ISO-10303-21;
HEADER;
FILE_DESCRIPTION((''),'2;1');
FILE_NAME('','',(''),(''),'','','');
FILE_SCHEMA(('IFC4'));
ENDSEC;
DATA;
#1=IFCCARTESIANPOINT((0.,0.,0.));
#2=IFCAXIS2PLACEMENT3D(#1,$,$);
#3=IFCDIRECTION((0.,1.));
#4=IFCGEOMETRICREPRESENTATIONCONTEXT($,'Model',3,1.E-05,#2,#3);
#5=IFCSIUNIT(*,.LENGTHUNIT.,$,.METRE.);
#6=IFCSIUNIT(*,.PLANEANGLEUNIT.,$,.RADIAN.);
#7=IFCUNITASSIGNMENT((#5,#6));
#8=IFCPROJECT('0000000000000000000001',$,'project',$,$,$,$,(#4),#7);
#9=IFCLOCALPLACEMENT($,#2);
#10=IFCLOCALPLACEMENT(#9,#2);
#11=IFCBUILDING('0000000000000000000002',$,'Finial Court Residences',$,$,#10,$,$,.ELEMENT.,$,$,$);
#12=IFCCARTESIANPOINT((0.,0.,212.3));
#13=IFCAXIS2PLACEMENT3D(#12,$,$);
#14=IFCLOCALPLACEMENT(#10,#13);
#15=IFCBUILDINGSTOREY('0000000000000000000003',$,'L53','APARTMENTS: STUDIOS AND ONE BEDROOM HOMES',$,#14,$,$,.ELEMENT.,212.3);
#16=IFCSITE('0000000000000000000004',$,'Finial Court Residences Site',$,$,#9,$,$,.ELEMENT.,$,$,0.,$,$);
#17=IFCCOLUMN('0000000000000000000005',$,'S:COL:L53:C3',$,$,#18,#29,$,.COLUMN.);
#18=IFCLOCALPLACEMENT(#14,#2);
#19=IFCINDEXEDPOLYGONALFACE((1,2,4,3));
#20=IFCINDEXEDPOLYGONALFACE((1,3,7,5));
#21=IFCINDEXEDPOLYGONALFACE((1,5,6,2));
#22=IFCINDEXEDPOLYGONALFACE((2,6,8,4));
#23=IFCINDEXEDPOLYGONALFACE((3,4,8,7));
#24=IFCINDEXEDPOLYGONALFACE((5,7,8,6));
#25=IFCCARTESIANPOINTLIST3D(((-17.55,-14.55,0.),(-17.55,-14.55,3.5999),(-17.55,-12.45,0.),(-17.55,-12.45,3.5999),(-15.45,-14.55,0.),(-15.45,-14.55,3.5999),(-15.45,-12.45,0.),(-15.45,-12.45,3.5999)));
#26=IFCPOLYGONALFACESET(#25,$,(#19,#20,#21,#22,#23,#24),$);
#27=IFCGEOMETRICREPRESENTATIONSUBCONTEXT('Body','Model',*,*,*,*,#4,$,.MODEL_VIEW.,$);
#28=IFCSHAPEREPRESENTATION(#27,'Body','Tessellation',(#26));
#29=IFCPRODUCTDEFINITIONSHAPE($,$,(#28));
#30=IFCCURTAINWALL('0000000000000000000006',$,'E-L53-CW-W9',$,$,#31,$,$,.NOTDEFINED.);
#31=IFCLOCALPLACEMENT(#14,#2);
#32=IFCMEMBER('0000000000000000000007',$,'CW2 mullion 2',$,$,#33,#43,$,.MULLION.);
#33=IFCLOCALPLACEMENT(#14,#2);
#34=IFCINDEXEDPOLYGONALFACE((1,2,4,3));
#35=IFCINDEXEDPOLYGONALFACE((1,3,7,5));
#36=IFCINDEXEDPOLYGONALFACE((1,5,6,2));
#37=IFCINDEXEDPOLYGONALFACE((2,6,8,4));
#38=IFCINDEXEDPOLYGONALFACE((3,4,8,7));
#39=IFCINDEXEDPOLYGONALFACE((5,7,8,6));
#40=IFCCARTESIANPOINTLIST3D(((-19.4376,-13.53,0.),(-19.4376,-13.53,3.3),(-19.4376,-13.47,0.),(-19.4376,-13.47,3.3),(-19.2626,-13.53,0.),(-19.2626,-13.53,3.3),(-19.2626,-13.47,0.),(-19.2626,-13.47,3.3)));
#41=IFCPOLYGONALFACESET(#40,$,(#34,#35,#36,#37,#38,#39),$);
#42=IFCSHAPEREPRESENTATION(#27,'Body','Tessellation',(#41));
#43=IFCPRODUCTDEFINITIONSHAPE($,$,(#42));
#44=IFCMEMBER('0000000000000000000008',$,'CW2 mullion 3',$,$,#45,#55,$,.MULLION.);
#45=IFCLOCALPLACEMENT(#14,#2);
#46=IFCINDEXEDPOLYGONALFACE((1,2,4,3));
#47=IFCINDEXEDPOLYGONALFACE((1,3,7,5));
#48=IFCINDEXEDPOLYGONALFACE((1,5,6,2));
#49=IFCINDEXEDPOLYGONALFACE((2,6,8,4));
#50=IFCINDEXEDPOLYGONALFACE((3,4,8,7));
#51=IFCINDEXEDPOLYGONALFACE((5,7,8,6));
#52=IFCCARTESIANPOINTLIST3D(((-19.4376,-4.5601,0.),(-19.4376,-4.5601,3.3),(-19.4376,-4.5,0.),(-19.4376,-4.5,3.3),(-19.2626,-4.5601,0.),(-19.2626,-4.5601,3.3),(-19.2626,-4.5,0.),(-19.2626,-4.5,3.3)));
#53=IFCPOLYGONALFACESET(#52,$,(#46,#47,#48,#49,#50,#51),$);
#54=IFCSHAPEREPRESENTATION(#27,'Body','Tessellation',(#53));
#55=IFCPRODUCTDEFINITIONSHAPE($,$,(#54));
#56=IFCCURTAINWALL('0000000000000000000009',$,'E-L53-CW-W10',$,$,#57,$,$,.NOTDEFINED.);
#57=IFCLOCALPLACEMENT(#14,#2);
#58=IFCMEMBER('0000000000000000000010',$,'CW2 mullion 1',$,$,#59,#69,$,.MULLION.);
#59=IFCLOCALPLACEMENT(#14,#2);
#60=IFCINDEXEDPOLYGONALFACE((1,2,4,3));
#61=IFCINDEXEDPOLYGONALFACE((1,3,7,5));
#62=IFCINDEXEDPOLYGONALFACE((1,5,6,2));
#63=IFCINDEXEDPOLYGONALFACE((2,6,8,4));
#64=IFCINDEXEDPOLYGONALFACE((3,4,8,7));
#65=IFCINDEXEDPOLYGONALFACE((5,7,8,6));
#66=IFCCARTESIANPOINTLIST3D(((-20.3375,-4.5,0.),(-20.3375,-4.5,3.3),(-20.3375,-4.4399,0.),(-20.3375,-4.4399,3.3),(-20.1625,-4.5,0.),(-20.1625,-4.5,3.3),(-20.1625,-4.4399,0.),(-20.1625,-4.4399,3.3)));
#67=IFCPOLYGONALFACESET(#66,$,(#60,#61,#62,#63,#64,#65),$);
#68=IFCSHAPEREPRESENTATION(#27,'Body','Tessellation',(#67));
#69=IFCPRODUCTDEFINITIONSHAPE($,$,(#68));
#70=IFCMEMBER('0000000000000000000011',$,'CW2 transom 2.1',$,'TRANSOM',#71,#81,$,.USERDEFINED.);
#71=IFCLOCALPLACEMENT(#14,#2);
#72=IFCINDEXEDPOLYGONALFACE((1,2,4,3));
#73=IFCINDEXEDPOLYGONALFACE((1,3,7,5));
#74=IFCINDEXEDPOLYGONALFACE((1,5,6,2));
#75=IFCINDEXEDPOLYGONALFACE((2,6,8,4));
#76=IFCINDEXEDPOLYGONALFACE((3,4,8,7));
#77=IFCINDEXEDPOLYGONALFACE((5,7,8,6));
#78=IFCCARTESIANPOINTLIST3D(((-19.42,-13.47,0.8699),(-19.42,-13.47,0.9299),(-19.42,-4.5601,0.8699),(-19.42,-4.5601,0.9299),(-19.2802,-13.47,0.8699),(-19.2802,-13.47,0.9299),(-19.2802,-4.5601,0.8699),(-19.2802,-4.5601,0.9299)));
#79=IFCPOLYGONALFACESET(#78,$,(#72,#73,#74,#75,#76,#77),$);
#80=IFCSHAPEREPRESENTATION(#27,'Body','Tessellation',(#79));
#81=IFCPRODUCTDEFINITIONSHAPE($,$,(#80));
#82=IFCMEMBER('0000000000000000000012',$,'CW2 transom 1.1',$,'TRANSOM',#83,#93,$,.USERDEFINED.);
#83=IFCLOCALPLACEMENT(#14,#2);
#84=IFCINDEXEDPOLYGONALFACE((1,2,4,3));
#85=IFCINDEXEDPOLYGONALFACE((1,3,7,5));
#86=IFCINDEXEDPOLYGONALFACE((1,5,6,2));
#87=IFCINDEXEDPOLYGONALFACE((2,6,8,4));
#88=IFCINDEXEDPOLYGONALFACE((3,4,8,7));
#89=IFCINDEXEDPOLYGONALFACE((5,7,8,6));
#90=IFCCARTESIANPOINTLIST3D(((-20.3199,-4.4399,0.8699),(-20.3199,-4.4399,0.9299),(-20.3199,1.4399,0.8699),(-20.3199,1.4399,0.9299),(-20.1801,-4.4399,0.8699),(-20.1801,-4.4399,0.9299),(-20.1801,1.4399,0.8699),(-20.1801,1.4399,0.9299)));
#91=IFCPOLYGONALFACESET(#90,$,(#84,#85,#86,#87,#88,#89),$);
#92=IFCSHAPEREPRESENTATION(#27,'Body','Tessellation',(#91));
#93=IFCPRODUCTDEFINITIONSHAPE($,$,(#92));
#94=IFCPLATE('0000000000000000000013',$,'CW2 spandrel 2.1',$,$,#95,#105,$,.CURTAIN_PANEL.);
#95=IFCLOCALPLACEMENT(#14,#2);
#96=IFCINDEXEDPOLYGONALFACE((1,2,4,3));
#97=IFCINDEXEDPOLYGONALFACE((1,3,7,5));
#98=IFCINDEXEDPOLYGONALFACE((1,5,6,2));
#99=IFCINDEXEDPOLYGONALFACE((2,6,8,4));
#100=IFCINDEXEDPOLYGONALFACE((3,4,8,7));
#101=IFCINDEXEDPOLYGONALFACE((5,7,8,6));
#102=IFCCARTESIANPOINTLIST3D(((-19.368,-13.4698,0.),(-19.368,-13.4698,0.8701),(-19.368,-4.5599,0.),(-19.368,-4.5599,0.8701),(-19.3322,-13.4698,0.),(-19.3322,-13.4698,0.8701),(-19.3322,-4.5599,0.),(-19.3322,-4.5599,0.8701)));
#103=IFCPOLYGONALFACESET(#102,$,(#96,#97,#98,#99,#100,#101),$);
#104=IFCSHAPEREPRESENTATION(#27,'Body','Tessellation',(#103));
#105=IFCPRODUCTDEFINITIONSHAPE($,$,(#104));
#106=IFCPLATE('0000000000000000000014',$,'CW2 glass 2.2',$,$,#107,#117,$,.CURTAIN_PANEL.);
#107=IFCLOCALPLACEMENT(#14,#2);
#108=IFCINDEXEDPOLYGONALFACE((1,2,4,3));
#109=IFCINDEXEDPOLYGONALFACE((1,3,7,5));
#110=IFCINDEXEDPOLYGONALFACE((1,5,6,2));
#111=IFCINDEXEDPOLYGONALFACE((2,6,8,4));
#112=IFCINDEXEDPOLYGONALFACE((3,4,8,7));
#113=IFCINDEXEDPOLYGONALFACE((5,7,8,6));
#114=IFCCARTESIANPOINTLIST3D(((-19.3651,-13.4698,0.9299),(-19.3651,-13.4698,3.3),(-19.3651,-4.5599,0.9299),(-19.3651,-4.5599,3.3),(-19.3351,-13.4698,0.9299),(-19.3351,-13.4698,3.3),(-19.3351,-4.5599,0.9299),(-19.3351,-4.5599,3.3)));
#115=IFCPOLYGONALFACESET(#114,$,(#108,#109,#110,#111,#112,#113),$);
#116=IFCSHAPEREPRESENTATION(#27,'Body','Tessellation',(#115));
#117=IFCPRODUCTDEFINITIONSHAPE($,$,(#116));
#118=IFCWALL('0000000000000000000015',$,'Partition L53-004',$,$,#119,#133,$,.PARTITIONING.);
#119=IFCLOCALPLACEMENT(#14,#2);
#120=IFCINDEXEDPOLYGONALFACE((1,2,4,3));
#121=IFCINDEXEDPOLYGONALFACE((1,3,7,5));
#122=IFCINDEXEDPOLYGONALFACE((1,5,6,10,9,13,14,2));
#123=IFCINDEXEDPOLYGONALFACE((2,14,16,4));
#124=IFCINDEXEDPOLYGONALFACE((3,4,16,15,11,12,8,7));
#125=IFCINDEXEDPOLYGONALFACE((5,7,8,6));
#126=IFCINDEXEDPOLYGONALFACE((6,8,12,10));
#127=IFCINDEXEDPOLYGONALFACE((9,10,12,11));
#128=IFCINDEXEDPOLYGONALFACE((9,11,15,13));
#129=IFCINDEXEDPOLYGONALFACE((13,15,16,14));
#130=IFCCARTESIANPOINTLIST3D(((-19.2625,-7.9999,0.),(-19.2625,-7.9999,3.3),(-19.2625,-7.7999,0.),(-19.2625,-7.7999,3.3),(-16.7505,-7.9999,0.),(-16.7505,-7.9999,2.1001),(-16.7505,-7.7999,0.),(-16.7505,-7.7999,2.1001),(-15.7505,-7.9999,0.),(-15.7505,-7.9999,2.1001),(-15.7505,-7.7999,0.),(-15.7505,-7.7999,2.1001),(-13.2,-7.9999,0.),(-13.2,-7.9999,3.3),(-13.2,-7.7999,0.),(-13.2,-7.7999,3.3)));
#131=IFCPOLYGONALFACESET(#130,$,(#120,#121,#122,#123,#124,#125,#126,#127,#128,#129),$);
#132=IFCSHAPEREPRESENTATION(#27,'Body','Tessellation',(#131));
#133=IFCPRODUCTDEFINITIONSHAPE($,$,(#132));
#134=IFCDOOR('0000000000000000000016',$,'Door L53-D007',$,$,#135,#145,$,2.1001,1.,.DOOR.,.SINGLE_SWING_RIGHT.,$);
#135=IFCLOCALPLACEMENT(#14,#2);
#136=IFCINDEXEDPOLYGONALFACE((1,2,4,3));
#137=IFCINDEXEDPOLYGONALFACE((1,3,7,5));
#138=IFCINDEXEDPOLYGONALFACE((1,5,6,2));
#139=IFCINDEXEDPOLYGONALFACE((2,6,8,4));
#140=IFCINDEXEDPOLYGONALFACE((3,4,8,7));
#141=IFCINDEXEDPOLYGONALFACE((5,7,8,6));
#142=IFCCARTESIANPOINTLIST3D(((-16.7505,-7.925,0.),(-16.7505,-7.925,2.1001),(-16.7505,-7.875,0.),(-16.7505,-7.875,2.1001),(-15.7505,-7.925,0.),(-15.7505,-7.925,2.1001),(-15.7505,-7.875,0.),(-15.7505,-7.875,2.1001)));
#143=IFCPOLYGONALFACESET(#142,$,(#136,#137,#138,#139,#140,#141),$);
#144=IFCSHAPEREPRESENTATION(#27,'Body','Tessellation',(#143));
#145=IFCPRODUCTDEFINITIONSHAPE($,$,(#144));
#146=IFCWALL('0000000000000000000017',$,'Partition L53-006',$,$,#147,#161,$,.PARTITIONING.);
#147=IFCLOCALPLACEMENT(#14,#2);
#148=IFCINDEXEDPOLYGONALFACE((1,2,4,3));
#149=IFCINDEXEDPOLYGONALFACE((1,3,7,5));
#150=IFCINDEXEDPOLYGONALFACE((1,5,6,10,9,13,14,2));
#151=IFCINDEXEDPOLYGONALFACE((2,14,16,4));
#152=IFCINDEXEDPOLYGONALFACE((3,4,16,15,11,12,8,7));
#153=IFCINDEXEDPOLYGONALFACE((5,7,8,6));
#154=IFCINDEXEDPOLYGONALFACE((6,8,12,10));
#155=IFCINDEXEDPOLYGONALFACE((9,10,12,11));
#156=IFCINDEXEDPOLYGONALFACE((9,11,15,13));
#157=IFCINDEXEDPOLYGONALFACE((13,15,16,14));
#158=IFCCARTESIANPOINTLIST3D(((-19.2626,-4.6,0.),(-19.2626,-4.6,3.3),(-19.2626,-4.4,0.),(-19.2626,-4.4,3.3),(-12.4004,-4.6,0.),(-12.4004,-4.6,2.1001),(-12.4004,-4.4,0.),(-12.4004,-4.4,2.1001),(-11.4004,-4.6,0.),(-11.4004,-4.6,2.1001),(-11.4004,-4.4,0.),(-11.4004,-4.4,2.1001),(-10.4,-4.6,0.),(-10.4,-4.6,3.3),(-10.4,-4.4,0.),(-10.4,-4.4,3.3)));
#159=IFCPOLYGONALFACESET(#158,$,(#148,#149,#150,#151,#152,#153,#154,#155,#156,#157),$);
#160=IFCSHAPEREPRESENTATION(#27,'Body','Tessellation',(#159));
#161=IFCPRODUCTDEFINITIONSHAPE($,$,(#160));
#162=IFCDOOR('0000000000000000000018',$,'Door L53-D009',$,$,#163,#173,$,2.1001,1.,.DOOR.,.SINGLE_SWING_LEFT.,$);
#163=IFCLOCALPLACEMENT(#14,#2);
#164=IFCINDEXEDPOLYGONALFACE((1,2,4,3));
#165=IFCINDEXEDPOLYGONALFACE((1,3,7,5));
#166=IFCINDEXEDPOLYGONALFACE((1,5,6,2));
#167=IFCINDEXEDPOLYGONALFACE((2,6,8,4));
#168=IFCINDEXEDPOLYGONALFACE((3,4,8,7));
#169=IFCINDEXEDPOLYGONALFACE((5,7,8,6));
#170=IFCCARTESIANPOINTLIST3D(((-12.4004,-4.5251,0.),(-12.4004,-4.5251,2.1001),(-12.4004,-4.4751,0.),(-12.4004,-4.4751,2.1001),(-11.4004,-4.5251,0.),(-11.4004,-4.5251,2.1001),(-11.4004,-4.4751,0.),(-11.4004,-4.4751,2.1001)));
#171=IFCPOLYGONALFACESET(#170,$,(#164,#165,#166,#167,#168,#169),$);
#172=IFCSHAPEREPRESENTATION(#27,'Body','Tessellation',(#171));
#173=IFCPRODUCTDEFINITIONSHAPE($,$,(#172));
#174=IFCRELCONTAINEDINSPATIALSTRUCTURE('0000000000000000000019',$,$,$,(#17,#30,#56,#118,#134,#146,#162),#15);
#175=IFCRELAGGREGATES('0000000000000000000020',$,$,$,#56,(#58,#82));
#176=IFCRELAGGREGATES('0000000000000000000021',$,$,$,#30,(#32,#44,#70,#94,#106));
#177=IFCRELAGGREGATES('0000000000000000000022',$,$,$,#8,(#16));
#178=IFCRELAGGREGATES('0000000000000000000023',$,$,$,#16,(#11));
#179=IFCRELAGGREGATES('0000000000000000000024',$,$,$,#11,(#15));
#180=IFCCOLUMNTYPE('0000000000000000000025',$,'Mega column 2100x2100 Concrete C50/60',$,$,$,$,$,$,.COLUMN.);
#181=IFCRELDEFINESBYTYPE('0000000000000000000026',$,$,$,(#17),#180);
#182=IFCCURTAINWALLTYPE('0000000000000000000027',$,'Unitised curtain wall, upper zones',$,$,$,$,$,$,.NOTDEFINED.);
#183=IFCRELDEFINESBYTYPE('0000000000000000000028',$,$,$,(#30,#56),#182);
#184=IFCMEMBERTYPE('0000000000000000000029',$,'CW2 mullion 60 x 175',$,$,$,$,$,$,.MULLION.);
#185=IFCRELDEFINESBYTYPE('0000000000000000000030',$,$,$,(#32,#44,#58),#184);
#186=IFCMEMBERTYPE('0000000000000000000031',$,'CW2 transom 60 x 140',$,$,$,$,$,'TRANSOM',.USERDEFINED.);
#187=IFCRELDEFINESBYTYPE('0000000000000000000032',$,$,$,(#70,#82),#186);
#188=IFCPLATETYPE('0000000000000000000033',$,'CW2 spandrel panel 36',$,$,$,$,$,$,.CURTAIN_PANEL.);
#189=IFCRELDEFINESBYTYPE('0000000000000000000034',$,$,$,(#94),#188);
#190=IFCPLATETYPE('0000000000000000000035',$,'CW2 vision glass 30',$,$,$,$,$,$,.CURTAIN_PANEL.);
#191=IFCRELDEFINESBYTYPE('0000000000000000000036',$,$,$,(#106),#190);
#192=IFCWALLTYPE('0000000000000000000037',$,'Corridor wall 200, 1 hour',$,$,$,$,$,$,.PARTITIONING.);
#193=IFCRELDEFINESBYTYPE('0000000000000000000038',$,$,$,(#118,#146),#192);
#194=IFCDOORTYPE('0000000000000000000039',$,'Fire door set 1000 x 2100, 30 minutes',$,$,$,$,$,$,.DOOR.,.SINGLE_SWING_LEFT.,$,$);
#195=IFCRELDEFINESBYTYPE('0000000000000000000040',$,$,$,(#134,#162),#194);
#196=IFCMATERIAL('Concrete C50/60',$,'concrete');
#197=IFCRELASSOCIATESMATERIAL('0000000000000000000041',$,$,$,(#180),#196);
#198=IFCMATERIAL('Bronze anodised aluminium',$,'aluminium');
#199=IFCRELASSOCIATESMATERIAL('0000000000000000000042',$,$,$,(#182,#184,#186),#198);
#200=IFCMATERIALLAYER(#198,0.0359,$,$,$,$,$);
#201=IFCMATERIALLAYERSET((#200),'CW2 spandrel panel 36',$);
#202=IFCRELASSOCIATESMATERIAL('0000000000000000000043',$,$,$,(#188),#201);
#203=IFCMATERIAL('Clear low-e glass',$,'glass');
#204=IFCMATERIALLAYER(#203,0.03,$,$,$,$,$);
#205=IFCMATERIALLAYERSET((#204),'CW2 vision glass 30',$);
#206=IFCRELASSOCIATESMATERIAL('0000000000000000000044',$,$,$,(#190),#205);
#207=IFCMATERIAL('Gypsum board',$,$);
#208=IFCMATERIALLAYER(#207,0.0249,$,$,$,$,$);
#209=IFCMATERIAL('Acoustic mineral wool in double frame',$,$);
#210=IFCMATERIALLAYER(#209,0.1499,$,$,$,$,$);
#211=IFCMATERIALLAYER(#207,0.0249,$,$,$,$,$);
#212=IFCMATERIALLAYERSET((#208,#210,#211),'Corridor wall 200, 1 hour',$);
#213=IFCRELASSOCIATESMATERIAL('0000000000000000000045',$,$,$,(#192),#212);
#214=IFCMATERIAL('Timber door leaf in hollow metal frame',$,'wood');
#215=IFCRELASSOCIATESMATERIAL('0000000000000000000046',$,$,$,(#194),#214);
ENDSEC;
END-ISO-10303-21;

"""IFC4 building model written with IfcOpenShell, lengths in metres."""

from ifc_helpers import new_model, si_unit, direction, frame, frame_2d, origin, origin_2d, place, context, subcontext, project, spatial, rectangle, extrude, material, layer, layer_set, material_profile, profile_set, type_object, element, fill, aggregate, save


model = new_model("IFC4")

# Units and contexts
model_context = context("Model", 3, precision=1e-05, world=origin(), true_north=direction((0.0, 1.0)))
body_context = subcontext(model_context, "Body", "Model", "MODEL_VIEW")
ifc_project = project(units=[si_unit("LENGTHUNIT", "METRE"), si_unit("PLANEANGLEUNIT", "RADIAN")], contexts=[model_context])

# Site, building, storey
site_placement = place(None, origin())
site = spatial("IfcSite", under=ifc_project, at=site_placement, Name="Finial Court Residences Site", CompositionType="ELEMENT", RefElevation=0.0)
building_placement = place(site_placement, origin())
building = spatial("IfcBuilding", under=site, at=building_placement, Name="Finial Court Residences", CompositionType="ELEMENT")
storey_placement = place(building_placement, frame((0.0, 0.0, 212.3)))
storey = spatial("IfcBuildingStorey", under=building, at=storey_placement, Name="L53", Description="APARTMENTS: STUDIOS AND ONE BEDROOM HOMES", CompositionType="ELEMENT", Elevation=212.3)

# Column
ifc_material_1 = material(Name="Concrete C50/60", Category="concrete")
ifc_material_profile_1 = material_profile(ifc_material_1, rectangle(XDim=2.1001, YDim=2.1001, at=origin_2d()), Name="2100x2100")
ifc_profile_set_1 = profile_set([ifc_material_profile_1], Name="Concrete C50/60")
column_type = type_object("IfcColumnType", Name="Mega column 2100x2100 Concrete C50/60", PredefinedType="COLUMN", material=ifc_profile_set_1)
column_placement = place(storey_placement, frame((-16.5, -13.5, 0.0), z_axis=(0.0, 0.0, 1.0), x_axis=(1.0, 0.0, 0.0)))
element("IfcColumn", 1, at=column_placement, inside=storey, type_object=column_type, Name="S:COL:L53:C3", PredefinedType="COLUMN", context=body_context, shape_type="SweptSolid", body=[
    extrude(rectangle(XDim=2.1001, YDim=2.1001, at=origin_2d()), origin(), (0.0, 0.0, 1.0), 3.5999),
])

# Curtain wall, members
ifc_material_2 = material(Name="Bronze anodised aluminium", Category="aluminium")
curtain_wall_type = type_object("IfcCurtainWallType", Name="Unitised curtain wall, upper zones", PredefinedType="NOTDEFINED", material=ifc_material_2)
curtain_wall_1_placement = place(storey_placement, origin())
curtain_wall_1 = element("IfcCurtainWall", 2, at=curtain_wall_1_placement, inside=storey, type_object=curtain_wall_type, Name="E-L53-CW-W9", PredefinedType="NOTDEFINED")
ifc_material_profile_2 = material_profile(ifc_material_2, rectangle(XDim=0.175, YDim=0.0601, at=origin_2d()), Name="CW2 mullion 60 x 175")
ifc_profile_set_2 = profile_set([ifc_material_profile_2], Name="Bronze anodised aluminium")
member_type_1 = type_object("IfcMemberType", Name="CW2 mullion 60 x 175", PredefinedType="MULLION", material=ifc_profile_set_2)
member_1_placement = place(storey_placement, frame((-19.3501, -13.5, 0.0), z_axis=(0.0, 0.0, 1.0), x_axis=(-1.0, 0.0, 0.0)))
member_1 = element("IfcMember", 3, at=member_1_placement, type_object=member_type_1, Name="CW2 mullion 2", PredefinedType="MULLION", context=body_context, shape_type="SweptSolid", body=[
    extrude(rectangle(XDim=0.175, YDim=0.0601, at=origin_2d()), origin(), (0.0, 0.0, 1.0), 3.3),
])
member_2_placement = place(storey_placement, frame((-19.3501, -4.53, 0.0), z_axis=(0.0, 0.0, 1.0), x_axis=(-1.0, 0.0, 0.0)))
member_2 = element("IfcMember", 4, at=member_2_placement, type_object=member_type_1, Name="CW2 mullion 3", PredefinedType="MULLION", context=body_context, shape_type="SweptSolid", body=[
    extrude(rectangle(XDim=0.175, YDim=0.0601, at=origin_2d()), origin(), (0.0, 0.0, 1.0), 3.3),
])

# Curtain wall, member
curtain_wall_2_placement = place(storey_placement, origin())
curtain_wall_2 = element("IfcCurtainWall", 5, at=curtain_wall_2_placement, inside=storey, type_object=curtain_wall_type, Name="E-L53-CW-W10", PredefinedType="NOTDEFINED")
member_3_placement = place(storey_placement, frame((-20.25, -4.47, 0.0), z_axis=(0.0, 0.0, 1.0), x_axis=(-1.0, 0.0, 0.0)))
member_3 = element("IfcMember", 6, at=member_3_placement, type_object=member_type_1, Name="CW2 mullion 1", PredefinedType="MULLION", context=body_context, shape_type="SweptSolid", body=[
    extrude(rectangle(XDim=0.175, YDim=0.0601, at=origin_2d()), origin(), (0.0, 0.0, 1.0), 3.3),
])

# Members
ifc_material_profile_3 = material_profile(ifc_material_2, rectangle(XDim=0.1399, YDim=0.0601, at=origin_2d()), Name="CW2 transom 60 x 140")
ifc_profile_set_3 = profile_set([ifc_material_profile_3], Name="Bronze anodised aluminium")
member_type_2 = type_object("IfcMemberType", Name="CW2 transom 60 x 140", ElementType="TRANSOM", PredefinedType="USERDEFINED", material=ifc_profile_set_3)
member_4_placement = place(storey_placement, frame((-19.3501, -13.47, 0.8999), z_axis=(0.0, 1.0, 0.0), x_axis=(-1.0, 0.0, 0.0)))
member_4 = element("IfcMember", 7, at=member_4_placement, type_object=member_type_2, Name="CW2 transom 2.1", ObjectType="TRANSOM", PredefinedType="USERDEFINED", context=body_context, shape_type="SweptSolid", body=[
    extrude(rectangle(XDim=0.1399, YDim=0.0601, at=origin_2d()), origin(), (0.0, 0.0, 1.0), 8.9099),
])
member_5_placement = place(storey_placement, frame((-20.25, -4.4399, 0.8999), z_axis=(0.0, 1.0, 0.0), x_axis=(-1.0, 0.0, 0.0)))
member_5 = element("IfcMember", 8, at=member_5_placement, type_object=member_type_2, Name="CW2 transom 1.1", ObjectType="TRANSOM", PredefinedType="USERDEFINED", context=body_context, shape_type="SweptSolid", body=[
    extrude(rectangle(XDim=0.1399, YDim=0.0601, at=origin_2d()), origin(), (0.0, 0.0, 1.0), 5.8799),
])
aggregate(curtain_wall_2, [member_3, member_5])

# Plates
ifc_layer_1 = layer(ifc_material_2, 0.0359)
ifc_layer_set_1 = layer_set([ifc_layer_1], Name="CW2 spandrel panel 36")
plate_type_1 = type_object("IfcPlateType", Name="CW2 spandrel panel 36", PredefinedType="CURTAIN_PANEL", material=ifc_layer_set_1)
plate_1_placement = place(storey_placement, frame((-19.3501, -9.0149, 0.0), z_axis=(0.0, 0.0, 1.0), x_axis=(0.0, 1.0, 0.0)))
plate_1 = element("IfcPlate", 9, at=plate_1_placement, type_object=plate_type_1, Name="CW2 spandrel 2.1", PredefinedType="CURTAIN_PANEL", context=body_context, shape_type="SweptSolid", body=[
    extrude(rectangle(XDim=8.9099, YDim=0.0359, at=origin_2d()), origin(), (0.0, 0.0, 1.0), 0.8701),
])
ifc_material_3 = material(Name="Clear low-e glass", Category="glass")
ifc_layer_2 = layer(ifc_material_3, 0.03)
ifc_layer_set_2 = layer_set([ifc_layer_2], Name="CW2 vision glass 30")
plate_type_2 = type_object("IfcPlateType", Name="CW2 vision glass 30", PredefinedType="CURTAIN_PANEL", material=ifc_layer_set_2)
plate_2_placement = place(storey_placement, frame((-19.3501, -9.0149, 0.9299), z_axis=(0.0, 0.0, 1.0), x_axis=(0.0, 1.0, 0.0)))
plate_2 = element("IfcPlate", 10, at=plate_2_placement, type_object=plate_type_2, Name="CW2 glass 2.2", PredefinedType="CURTAIN_PANEL", context=body_context, shape_type="SweptSolid", body=[
    extrude(rectangle(XDim=8.9099, YDim=0.03, at=origin_2d()), origin(), (0.0, 0.0, 1.0), 2.3701),
])
aggregate(curtain_wall_1, [member_1, member_2, member_4, plate_1, plate_2])

# Walls, openings, doors
ifc_material_4 = material(Name="Gypsum board")
ifc_layer_3 = layer(ifc_material_4, 0.0249)
ifc_material_5 = material(Name="Acoustic mineral wool in double frame")
ifc_layer_4 = layer(ifc_material_5, 0.1499)
ifc_layer_5 = layer(ifc_material_4, 0.0249)
ifc_layer_set_3 = layer_set([ifc_layer_3, ifc_layer_4, ifc_layer_5], Name="Corridor wall 200, 1 hour")
wall_type_1 = type_object("IfcWallType", Name="Corridor wall 200, 1 hour", PredefinedType="PARTITIONING", material=ifc_layer_set_3)
wall_1_placement = place(storey_placement, frame((-19.2625, -7.8999, 0.0), z_axis=(0.0, 0.0, 1.0), x_axis=(1.0, 0.0, 0.0)))
wall_1 = element("IfcWall", 11, at=wall_1_placement, inside=storey, type_object=wall_type_1, Name="Partition L53-004", PredefinedType="PARTITIONING", context=body_context, shape_type="SweptSolid", body=[
    extrude(rectangle(XDim=6.0625, YDim=0.2, at=frame_2d((3.0312, 0.0))), origin(), (0.0, 0.0, 1.0), 3.3),
])
opening_1_placement = place(wall_1_placement, frame((2.512, 0.0, 0.0)))
opening_1 = element("IfcOpeningElement", 12, at=opening_1_placement, cuts=wall_1, PredefinedType="OPENING", context=body_context, shape_type="SweptSolid", body=[
    extrude(rectangle(XDim=1.0, YDim=2.1001, at=frame_2d((0.5, 1.05))), frame((0.0, 0.1099, 0.0), z_axis=(0.0, -1.0, 0.0), x_axis=(1.0, 0.0, 0.0)), (0.0, 0.0, 1.0), 0.22),
])
ifc_material_6 = material(Name="Timber door leaf in hollow metal frame", Category="wood")
door_type_1 = type_object("IfcDoorType", Name="Fire door set 1000 x 2100, 30 minutes", OperationType="SINGLE_SWING_LEFT", PredefinedType="DOOR", material=ifc_material_6)
door_1_placement = place(opening_1_placement, origin())
door_1 = element("IfcDoor", 13, at=door_1_placement, inside=storey, type_object=door_type_1, Name="Door L53-D007", OperationType="SINGLE_SWING_RIGHT", OverallHeight=2.1001, OverallWidth=1.0, PredefinedType="DOOR", context=body_context, shape_type="SweptSolid", body=[
    extrude(rectangle(XDim=1.0, YDim=2.1001, at=frame_2d((0.5, 1.05))), frame((0.0, 0.0249, 0.0), z_axis=(0.0, -1.0, 0.0), x_axis=(1.0, 0.0, 0.0)), (0.0, 0.0, 1.0), 0.05),
])
fill(opening_1, door_1)
wall_2_placement = place(storey_placement, frame((-19.2625, -4.5, 0.0), z_axis=(0.0, 0.0, 1.0), x_axis=(1.0, 0.0, 0.0)))
wall_2 = element("IfcWall", 14, at=wall_2_placement, inside=storey, type_object=wall_type_1, Name="Partition L53-006", PredefinedType="PARTITIONING", context=body_context, shape_type="SweptSolid", body=[
    extrude(rectangle(XDim=8.8625, YDim=0.2, at=frame_2d((4.4312, 0.0))), origin(), (0.0, 0.0, 1.0), 3.3),
])
opening_2_placement = place(wall_2_placement, frame((6.8621, 0.0, 0.0)))
opening_2 = element("IfcOpeningElement", 15, at=opening_2_placement, cuts=wall_2, PredefinedType="OPENING", context=body_context, shape_type="SweptSolid", body=[
    extrude(rectangle(XDim=1.0, YDim=2.1001, at=frame_2d((0.5, 1.05))), frame((0.0, 0.1099, 0.0), z_axis=(0.0, -1.0, 0.0), x_axis=(1.0, 0.0, 0.0)), (0.0, 0.0, 1.0), 0.22),
])
door_2_placement = place(opening_2_placement, origin())
door_2 = element("IfcDoor", 16, at=door_2_placement, inside=storey, type_object=door_type_1, Name="Door L53-D009", OperationType="SINGLE_SWING_LEFT", OverallHeight=2.1001, OverallWidth=1.0, PredefinedType="DOOR", context=body_context, shape_type="SweptSolid", body=[
    extrude(rectangle(XDim=1.0, YDim=2.1001, at=frame_2d((0.5, 1.05))), frame((0.0, 0.0249, 0.0), z_axis=(0.0, -1.0, 0.0), x_axis=(1.0, 0.0, 0.0)), (0.0, 0.0, 1.0), 0.05),
])
fill(opening_2, door_2)

save(model, "model.ifc")
